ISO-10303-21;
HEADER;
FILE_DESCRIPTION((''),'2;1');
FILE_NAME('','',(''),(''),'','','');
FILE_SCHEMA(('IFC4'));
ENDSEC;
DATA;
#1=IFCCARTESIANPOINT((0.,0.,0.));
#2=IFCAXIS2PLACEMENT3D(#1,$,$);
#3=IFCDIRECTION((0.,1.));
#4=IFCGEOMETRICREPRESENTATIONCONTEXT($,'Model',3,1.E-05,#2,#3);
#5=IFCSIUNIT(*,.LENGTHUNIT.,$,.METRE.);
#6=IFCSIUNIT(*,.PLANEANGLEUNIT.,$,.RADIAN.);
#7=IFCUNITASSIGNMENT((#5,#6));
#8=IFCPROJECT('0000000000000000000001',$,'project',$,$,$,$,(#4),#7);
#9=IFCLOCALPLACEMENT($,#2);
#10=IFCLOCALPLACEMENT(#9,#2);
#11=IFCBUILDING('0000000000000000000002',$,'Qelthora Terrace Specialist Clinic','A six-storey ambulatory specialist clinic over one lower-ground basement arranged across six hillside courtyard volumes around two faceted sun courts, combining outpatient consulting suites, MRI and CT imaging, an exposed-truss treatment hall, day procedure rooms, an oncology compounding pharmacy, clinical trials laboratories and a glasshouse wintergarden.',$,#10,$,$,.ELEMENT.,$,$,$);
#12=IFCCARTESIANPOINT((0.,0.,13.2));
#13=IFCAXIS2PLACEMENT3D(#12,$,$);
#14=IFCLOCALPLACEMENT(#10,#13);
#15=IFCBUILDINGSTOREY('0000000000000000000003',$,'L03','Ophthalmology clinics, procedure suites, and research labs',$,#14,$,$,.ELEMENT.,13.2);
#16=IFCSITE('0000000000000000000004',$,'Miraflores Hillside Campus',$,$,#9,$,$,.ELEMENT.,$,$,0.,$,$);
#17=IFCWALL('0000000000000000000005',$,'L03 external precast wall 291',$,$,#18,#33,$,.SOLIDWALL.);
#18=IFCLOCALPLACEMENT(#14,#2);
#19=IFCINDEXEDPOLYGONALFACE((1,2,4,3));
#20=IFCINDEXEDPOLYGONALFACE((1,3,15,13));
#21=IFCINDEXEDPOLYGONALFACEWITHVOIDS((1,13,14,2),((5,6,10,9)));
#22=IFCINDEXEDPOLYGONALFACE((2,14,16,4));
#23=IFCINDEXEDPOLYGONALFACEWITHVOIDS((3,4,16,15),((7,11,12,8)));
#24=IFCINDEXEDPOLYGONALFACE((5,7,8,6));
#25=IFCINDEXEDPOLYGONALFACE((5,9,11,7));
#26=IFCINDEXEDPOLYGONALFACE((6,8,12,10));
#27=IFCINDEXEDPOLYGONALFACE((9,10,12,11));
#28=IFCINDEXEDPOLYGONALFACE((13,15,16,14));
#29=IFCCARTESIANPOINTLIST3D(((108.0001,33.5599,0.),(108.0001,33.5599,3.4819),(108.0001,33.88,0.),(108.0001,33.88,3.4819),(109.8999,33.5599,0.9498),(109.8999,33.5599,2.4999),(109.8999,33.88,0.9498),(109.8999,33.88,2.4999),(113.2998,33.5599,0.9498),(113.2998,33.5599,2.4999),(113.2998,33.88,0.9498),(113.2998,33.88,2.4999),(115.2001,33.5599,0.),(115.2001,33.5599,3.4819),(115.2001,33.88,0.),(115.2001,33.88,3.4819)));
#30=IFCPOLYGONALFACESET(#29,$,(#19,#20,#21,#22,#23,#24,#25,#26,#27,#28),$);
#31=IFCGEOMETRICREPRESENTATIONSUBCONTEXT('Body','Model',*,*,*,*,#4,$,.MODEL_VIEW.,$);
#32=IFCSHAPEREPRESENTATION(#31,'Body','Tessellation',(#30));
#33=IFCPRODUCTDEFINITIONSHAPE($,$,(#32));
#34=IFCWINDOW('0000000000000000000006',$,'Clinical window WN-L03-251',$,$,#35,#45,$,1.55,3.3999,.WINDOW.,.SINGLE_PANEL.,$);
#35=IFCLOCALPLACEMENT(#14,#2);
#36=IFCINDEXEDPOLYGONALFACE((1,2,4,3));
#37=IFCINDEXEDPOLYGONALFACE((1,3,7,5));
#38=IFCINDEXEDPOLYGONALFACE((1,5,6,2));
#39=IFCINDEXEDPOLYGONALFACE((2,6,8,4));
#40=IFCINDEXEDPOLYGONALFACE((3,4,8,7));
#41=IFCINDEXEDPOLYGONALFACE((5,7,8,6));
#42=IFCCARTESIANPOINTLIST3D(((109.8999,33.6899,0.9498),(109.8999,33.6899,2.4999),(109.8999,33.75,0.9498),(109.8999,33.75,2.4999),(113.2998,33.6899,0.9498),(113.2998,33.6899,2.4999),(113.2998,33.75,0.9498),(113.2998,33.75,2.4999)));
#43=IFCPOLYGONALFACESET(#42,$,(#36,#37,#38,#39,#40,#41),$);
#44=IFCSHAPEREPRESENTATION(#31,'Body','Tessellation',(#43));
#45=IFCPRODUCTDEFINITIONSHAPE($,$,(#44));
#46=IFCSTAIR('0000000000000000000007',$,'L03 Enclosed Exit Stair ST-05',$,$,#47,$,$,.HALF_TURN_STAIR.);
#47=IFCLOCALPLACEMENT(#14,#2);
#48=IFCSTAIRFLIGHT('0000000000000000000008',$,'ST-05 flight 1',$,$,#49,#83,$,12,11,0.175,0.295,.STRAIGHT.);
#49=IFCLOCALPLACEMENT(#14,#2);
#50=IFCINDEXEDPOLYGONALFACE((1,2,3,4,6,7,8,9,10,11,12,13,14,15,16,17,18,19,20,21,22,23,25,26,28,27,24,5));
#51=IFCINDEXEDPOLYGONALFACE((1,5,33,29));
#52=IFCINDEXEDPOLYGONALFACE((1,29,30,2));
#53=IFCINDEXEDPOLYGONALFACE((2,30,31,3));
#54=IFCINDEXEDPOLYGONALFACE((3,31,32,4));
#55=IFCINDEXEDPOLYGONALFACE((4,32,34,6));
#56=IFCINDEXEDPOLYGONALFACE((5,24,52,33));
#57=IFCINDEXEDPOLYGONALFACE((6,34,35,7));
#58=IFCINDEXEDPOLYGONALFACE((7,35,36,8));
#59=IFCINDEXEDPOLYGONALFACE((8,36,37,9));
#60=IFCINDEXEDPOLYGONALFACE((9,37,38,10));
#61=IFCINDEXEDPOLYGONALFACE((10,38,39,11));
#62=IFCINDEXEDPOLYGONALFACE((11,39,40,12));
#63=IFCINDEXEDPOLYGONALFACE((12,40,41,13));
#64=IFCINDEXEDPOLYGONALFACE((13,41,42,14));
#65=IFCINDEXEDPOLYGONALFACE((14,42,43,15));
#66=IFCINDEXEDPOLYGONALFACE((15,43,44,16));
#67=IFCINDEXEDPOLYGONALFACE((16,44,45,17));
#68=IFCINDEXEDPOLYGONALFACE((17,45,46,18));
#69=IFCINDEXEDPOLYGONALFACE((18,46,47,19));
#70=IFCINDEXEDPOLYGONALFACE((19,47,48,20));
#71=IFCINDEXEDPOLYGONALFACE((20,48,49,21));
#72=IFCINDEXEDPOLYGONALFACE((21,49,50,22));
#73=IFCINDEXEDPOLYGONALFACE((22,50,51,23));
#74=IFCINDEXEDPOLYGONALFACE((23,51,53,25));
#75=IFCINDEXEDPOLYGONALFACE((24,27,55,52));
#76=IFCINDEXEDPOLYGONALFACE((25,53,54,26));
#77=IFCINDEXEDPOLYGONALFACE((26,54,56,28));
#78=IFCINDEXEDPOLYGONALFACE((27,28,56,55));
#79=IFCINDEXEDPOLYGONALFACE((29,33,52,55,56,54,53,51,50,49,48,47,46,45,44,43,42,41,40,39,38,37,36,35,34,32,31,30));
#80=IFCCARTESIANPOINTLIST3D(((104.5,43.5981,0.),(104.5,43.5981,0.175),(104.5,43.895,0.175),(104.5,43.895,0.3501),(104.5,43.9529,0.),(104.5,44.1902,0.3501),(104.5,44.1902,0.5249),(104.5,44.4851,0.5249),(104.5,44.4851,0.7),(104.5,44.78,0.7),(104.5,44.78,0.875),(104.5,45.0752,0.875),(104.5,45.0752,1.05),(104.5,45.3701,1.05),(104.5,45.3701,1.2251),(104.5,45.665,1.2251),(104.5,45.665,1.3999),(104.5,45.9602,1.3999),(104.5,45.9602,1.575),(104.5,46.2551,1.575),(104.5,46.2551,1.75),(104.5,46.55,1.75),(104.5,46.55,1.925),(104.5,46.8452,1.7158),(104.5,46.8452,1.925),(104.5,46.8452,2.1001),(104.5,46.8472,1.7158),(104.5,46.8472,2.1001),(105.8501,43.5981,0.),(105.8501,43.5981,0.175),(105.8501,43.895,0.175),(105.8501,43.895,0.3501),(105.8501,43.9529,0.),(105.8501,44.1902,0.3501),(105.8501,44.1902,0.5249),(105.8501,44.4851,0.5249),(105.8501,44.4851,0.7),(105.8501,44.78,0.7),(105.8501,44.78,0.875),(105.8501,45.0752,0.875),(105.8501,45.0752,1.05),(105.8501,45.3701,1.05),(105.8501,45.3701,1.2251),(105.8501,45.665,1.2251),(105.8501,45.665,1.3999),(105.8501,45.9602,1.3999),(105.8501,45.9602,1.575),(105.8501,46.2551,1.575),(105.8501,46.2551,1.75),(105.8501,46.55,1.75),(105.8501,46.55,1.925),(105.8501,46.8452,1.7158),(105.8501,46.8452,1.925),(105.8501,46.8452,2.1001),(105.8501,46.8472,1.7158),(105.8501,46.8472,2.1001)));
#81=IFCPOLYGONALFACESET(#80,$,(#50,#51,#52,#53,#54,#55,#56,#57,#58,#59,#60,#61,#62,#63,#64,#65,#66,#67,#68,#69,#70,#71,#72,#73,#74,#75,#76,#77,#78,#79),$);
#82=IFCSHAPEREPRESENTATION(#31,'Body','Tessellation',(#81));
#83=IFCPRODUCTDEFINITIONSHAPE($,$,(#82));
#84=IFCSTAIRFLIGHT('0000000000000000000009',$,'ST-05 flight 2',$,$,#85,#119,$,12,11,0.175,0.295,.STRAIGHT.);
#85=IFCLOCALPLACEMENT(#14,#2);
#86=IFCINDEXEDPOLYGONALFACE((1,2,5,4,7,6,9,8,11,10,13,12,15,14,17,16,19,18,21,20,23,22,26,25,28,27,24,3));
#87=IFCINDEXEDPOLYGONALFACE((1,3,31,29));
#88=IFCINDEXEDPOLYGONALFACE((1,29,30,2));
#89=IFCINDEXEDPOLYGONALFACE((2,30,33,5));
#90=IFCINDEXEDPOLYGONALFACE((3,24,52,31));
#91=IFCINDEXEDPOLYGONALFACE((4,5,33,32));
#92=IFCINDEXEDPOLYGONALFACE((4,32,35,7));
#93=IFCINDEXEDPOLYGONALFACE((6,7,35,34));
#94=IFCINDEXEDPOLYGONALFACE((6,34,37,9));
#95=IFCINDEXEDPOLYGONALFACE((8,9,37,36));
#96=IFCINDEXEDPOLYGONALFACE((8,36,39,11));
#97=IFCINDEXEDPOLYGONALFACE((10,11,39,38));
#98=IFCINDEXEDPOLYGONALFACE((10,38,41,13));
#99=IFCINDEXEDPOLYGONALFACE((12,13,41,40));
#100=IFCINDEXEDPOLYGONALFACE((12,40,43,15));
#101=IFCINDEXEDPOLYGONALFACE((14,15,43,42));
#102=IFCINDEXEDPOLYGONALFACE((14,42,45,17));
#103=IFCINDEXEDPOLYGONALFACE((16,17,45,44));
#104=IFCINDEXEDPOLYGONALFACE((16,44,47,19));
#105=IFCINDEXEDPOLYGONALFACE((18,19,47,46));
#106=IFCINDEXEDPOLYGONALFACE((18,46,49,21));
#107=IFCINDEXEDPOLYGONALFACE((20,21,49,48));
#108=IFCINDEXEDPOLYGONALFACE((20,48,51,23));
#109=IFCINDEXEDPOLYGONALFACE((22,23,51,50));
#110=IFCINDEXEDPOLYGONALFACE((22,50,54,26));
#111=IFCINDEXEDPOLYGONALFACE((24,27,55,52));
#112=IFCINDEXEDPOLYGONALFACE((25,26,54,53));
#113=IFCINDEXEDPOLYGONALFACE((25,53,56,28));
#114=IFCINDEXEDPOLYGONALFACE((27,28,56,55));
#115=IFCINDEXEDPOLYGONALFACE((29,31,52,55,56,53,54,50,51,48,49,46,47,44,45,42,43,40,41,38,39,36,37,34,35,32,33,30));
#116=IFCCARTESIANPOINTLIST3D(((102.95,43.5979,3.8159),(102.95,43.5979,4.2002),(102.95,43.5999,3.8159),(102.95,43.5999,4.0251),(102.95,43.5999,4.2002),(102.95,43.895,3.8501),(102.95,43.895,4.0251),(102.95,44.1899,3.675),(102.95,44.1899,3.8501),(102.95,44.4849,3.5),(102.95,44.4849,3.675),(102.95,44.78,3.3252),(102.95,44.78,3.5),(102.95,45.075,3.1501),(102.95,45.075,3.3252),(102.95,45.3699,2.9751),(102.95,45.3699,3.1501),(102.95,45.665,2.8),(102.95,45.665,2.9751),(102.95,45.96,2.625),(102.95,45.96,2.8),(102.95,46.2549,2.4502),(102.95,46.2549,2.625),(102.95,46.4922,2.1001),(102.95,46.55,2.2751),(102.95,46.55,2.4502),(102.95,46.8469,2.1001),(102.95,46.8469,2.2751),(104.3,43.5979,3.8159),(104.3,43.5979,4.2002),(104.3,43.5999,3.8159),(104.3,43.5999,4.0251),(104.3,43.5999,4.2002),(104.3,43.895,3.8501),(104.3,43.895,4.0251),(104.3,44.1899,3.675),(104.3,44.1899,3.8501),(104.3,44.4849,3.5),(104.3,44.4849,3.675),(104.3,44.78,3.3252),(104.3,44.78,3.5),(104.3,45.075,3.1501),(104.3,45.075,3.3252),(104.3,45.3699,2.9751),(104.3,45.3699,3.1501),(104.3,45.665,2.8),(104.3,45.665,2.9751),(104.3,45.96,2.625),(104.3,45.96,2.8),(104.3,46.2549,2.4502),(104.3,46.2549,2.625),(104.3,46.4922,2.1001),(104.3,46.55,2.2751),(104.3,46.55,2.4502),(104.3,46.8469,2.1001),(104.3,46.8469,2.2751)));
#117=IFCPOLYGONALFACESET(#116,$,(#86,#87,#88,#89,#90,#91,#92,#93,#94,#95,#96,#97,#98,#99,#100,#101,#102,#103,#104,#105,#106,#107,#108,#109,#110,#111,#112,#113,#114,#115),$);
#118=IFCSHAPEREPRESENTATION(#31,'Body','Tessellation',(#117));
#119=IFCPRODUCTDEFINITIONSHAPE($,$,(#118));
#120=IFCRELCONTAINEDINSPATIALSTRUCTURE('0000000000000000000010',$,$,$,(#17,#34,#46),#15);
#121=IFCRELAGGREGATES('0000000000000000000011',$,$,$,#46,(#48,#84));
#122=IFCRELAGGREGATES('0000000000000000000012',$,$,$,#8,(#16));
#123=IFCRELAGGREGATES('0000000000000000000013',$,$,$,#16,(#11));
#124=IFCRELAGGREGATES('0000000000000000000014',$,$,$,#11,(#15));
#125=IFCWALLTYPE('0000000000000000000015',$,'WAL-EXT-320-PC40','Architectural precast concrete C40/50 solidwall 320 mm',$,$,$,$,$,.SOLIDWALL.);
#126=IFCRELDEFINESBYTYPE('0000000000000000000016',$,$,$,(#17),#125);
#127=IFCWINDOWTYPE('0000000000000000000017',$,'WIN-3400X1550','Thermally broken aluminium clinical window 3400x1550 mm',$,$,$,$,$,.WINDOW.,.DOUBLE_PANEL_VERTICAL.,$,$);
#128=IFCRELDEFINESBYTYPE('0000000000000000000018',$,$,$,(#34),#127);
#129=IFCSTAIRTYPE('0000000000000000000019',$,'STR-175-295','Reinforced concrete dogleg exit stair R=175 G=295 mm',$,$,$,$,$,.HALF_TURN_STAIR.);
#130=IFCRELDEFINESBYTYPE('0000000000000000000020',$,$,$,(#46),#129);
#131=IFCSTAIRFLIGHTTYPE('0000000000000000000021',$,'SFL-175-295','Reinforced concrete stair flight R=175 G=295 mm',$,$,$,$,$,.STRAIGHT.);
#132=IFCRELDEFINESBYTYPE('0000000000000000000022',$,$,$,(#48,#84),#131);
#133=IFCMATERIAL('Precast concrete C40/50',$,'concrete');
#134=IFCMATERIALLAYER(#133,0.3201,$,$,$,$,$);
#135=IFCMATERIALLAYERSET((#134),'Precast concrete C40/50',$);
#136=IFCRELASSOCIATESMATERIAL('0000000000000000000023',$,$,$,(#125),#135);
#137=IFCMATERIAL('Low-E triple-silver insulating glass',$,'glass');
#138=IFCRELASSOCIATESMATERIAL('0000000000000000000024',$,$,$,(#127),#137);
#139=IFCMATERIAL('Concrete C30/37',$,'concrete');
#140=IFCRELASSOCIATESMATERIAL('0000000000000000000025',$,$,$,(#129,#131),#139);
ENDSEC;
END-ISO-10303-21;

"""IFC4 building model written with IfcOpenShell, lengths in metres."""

from ifc_helpers import new_model, si_unit, direction, frame, frame_2d, origin, place, context, subcontext, project, spatial, polyline, rectangle, outline, extrude, material, layer, layer_set, type_object, element, fill, aggregate, save


model = new_model("IFC4")

# Units and contexts
model_context = context("Model", 3, precision=1e-05, world=origin(), true_north=direction((0.0, 1.0)))
body_context = subcontext(model_context, "Body", "Model", "MODEL_VIEW")
ifc_project = project(units=[si_unit("LENGTHUNIT", "METRE"), si_unit("PLANEANGLEUNIT", "RADIAN")], contexts=[model_context])

# Site, building, storey
site_placement = place(None, origin())
site = spatial("IfcSite", under=ifc_project, at=site_placement, Name="Miraflores Hillside Campus", CompositionType="ELEMENT", RefElevation=0.0)
building_placement = place(site_placement, origin())
building = spatial("IfcBuilding", under=site, at=building_placement, Name="Qelthora Terrace Specialist Clinic", Description="A six-storey ambulatory specialist clinic over one lower-ground basement arranged across six hillside courtyard volumes around two faceted sun courts, combining outpatient consulting suites, MRI and CT imaging, an exposed-truss treatment hall, day procedure rooms, an oncology compounding pharmacy, clinical trials laboratories and a glasshouse wintergarden.", CompositionType="ELEMENT")
storey_placement = place(building_placement, frame((0.0, 0.0, 13.2)))
storey = spatial("IfcBuildingStorey", under=building, at=storey_placement, Name="L03", Description="Ophthalmology clinics, procedure suites, and research labs", CompositionType="ELEMENT", Elevation=13.2)

# Wall, opening, window
ifc_material_1 = material(Name="Precast concrete C40/50", Category="concrete")
ifc_layer_1 = layer(ifc_material_1, 0.3201)
ifc_layer_set_1 = layer_set([ifc_layer_1], Name="Precast concrete C40/50")
wall_type_1 = type_object("IfcWallType", Name="WAL-EXT-320-PC40", Description="Architectural precast concrete C40/50 solidwall 320 mm", PredefinedType="SOLIDWALL", material=ifc_layer_set_1)
wall_1_placement = place(storey_placement, frame((108.0, 33.72, 0.0), z_axis=(0.0, 0.0, 1.0), x_axis=(1.0, 0.0, 0.0)))
wall_1 = element("IfcWall", 1, at=wall_1_placement, inside=storey, type_object=wall_type_1, Name="L03 external precast wall 291", PredefinedType="SOLIDWALL", context=body_context, shape_type="SweptSolid", body=[
    extrude(rectangle(XDim=7.2, YDim=0.3201, at=frame_2d((3.6001, 0.0))), origin(), (0.0, 0.0, 1.0), 3.4819),
])
opening_1_placement = place(wall_1_placement, frame((1.8999, 0.0, 0.95)))
opening_1 = element("IfcOpeningElement", 2, at=opening_1_placement, cuts=wall_1, PredefinedType="OPENING", context=body_context, shape_type="SweptSolid", body=[
    extrude(rectangle(XDim=3.3999, YDim=1.55, at=frame_2d((1.7, 0.7749))), frame((0.0, 0.1699, 0.0), z_axis=(0.0, -1.0, 0.0), x_axis=(1.0, 0.0, 0.0)), (0.0, 0.0, 1.0), 0.3401),
])
ifc_material_2 = material(Name="Low-E triple-silver insulating glass", Category="glass")
window_type = type_object("IfcWindowType", Name="WIN-3400X1550", Description="Thermally broken aluminium clinical window 3400x1550 mm", PartitioningType="DOUBLE_PANEL_VERTICAL", PredefinedType="WINDOW", material=ifc_material_2)
window_placement = place(opening_1_placement, origin())
window = element("IfcWindow", 3, at=window_placement, inside=storey, type_object=window_type, Name="Clinical window WN-L03-251", OverallHeight=1.55, OverallWidth=3.3999, PartitioningType="SINGLE_PANEL", PredefinedType="WINDOW", context=body_context, shape_type="SweptSolid", body=[
    extrude(rectangle(XDim=3.3999, YDim=1.55, at=frame_2d((1.7, 0.7749))), frame((0.0, 0.03, 0.0), z_axis=(0.0, -1.0, 0.0), x_axis=(1.0, 0.0, 0.0)), (0.0, 0.0, 1.0), 0.0601),
])
fill(opening_1, window)

# Stair, stair flights
ifc_material_3 = material(Name="Concrete C30/37", Category="concrete")
stair_type = type_object("IfcStairType", Name="STR-175-295", Description="Reinforced concrete dogleg exit stair R=175 G=295 mm", PredefinedType="HALF_TURN_STAIR", material=ifc_material_3)
stair_placement = place(storey_placement, origin())
stair = element("IfcStair", 4, at=stair_placement, inside=storey, type_object=stair_type, Name="L03 Enclosed Exit Stair ST-05", PredefinedType="HALF_TURN_STAIR")
stair_flight_type = type_object("IfcStairFlightType", Name="SFL-175-295", Description="Reinforced concrete stair flight R=175 G=295 mm", PredefinedType="STRAIGHT", material=ifc_material_3)
stair_flight_1_placement = place(storey_placement, frame((105.175, 43.6001, 0.0), z_axis=(0.0, 0.0, 1.0), x_axis=(0.0, 1.0, 0.0)))
stair_flight_1 = element("IfcStairFlight", 5, at=stair_flight_1_placement, type_object=stair_flight_type, Name="ST-05 flight 1", NumberOfRisers=12, NumberOfTreads=11, PredefinedType="STRAIGHT", RiserHeight=0.175, TreadLength=0.295, context=body_context, shape_type="SweptSolid", body=[
    extrude(outline(polyline([(-0.002, 0.0), (-0.002, 0.175), (0.2949, 0.175), (0.2949, 0.3501), (0.5901, 0.3501), (0.5901, 0.5249), (0.885, 0.5249), (0.885, 0.7), (1.1799, 0.7), (1.1799, 0.875), (1.4751, 0.875), (1.4751, 1.05), (1.77, 1.05), (1.77, 1.2251), (2.0649, 1.2251), (2.0649, 1.3999), (2.3601, 1.3999), (2.3601, 1.575), (2.655, 1.575), (2.655, 1.75), (2.95, 1.75), (2.95, 1.925), (3.2451, 1.925), (3.2451, 2.1001), (3.2471, 2.1001), (3.2471, 1.7158), (3.2451, 1.7158), (0.3528, 0.0), (-0.002, 0.0)])), frame((0.0, 0.675, 0.0), z_axis=(0.0, -1.0, 0.0), x_axis=(1.0, 0.0, 0.0)), (0.0, 0.0, 1.0), 1.3501),
])
stair_flight_2_placement = place(storey_placement, frame((103.625, 46.845, 2.1001), z_axis=(0.0, 0.0, 1.0), x_axis=(0.0, -1.0, 0.0)))
stair_flight_2 = element("IfcStairFlight", 6, at=stair_flight_2_placement, type_object=stair_flight_type, Name="ST-05 flight 2", NumberOfRisers=12, NumberOfTreads=11, PredefinedType="STRAIGHT", RiserHeight=0.175, TreadLength=0.295, context=body_context, shape_type="SweptSolid", body=[
    extrude(outline(polyline([(-0.002, 0.0), (-0.002, 0.175), (0.2949, 0.175), (0.2949, 0.3501), (0.5901, 0.3501), (0.5901, 0.5249), (0.885, 0.5249), (0.885, 0.7), (1.1799, 0.7), (1.1799, 0.875), (1.4751, 0.875), (1.4751, 1.05), (1.77, 1.05), (1.77, 1.2251), (2.0649, 1.2251), (2.0649, 1.3999), (2.3601, 1.3999), (2.3601, 1.575), (2.655, 1.575), (2.655, 1.75), (2.95, 1.75), (2.95, 1.925), (3.2451, 1.925), (3.2451, 2.1001), (3.2471, 2.1001), (3.2471, 1.7158), (3.2451, 1.7158), (0.3528, 0.0), (-0.002, 0.0)])), frame((0.0, 0.675, 0.0), z_axis=(0.0, -1.0, 0.0), x_axis=(1.0, 0.0, 0.0)), (0.0, 0.0, 1.0), 1.3501),
])
aggregate(stair, [stair_flight_1, stair_flight_2])

save(model, "model.ifc")
